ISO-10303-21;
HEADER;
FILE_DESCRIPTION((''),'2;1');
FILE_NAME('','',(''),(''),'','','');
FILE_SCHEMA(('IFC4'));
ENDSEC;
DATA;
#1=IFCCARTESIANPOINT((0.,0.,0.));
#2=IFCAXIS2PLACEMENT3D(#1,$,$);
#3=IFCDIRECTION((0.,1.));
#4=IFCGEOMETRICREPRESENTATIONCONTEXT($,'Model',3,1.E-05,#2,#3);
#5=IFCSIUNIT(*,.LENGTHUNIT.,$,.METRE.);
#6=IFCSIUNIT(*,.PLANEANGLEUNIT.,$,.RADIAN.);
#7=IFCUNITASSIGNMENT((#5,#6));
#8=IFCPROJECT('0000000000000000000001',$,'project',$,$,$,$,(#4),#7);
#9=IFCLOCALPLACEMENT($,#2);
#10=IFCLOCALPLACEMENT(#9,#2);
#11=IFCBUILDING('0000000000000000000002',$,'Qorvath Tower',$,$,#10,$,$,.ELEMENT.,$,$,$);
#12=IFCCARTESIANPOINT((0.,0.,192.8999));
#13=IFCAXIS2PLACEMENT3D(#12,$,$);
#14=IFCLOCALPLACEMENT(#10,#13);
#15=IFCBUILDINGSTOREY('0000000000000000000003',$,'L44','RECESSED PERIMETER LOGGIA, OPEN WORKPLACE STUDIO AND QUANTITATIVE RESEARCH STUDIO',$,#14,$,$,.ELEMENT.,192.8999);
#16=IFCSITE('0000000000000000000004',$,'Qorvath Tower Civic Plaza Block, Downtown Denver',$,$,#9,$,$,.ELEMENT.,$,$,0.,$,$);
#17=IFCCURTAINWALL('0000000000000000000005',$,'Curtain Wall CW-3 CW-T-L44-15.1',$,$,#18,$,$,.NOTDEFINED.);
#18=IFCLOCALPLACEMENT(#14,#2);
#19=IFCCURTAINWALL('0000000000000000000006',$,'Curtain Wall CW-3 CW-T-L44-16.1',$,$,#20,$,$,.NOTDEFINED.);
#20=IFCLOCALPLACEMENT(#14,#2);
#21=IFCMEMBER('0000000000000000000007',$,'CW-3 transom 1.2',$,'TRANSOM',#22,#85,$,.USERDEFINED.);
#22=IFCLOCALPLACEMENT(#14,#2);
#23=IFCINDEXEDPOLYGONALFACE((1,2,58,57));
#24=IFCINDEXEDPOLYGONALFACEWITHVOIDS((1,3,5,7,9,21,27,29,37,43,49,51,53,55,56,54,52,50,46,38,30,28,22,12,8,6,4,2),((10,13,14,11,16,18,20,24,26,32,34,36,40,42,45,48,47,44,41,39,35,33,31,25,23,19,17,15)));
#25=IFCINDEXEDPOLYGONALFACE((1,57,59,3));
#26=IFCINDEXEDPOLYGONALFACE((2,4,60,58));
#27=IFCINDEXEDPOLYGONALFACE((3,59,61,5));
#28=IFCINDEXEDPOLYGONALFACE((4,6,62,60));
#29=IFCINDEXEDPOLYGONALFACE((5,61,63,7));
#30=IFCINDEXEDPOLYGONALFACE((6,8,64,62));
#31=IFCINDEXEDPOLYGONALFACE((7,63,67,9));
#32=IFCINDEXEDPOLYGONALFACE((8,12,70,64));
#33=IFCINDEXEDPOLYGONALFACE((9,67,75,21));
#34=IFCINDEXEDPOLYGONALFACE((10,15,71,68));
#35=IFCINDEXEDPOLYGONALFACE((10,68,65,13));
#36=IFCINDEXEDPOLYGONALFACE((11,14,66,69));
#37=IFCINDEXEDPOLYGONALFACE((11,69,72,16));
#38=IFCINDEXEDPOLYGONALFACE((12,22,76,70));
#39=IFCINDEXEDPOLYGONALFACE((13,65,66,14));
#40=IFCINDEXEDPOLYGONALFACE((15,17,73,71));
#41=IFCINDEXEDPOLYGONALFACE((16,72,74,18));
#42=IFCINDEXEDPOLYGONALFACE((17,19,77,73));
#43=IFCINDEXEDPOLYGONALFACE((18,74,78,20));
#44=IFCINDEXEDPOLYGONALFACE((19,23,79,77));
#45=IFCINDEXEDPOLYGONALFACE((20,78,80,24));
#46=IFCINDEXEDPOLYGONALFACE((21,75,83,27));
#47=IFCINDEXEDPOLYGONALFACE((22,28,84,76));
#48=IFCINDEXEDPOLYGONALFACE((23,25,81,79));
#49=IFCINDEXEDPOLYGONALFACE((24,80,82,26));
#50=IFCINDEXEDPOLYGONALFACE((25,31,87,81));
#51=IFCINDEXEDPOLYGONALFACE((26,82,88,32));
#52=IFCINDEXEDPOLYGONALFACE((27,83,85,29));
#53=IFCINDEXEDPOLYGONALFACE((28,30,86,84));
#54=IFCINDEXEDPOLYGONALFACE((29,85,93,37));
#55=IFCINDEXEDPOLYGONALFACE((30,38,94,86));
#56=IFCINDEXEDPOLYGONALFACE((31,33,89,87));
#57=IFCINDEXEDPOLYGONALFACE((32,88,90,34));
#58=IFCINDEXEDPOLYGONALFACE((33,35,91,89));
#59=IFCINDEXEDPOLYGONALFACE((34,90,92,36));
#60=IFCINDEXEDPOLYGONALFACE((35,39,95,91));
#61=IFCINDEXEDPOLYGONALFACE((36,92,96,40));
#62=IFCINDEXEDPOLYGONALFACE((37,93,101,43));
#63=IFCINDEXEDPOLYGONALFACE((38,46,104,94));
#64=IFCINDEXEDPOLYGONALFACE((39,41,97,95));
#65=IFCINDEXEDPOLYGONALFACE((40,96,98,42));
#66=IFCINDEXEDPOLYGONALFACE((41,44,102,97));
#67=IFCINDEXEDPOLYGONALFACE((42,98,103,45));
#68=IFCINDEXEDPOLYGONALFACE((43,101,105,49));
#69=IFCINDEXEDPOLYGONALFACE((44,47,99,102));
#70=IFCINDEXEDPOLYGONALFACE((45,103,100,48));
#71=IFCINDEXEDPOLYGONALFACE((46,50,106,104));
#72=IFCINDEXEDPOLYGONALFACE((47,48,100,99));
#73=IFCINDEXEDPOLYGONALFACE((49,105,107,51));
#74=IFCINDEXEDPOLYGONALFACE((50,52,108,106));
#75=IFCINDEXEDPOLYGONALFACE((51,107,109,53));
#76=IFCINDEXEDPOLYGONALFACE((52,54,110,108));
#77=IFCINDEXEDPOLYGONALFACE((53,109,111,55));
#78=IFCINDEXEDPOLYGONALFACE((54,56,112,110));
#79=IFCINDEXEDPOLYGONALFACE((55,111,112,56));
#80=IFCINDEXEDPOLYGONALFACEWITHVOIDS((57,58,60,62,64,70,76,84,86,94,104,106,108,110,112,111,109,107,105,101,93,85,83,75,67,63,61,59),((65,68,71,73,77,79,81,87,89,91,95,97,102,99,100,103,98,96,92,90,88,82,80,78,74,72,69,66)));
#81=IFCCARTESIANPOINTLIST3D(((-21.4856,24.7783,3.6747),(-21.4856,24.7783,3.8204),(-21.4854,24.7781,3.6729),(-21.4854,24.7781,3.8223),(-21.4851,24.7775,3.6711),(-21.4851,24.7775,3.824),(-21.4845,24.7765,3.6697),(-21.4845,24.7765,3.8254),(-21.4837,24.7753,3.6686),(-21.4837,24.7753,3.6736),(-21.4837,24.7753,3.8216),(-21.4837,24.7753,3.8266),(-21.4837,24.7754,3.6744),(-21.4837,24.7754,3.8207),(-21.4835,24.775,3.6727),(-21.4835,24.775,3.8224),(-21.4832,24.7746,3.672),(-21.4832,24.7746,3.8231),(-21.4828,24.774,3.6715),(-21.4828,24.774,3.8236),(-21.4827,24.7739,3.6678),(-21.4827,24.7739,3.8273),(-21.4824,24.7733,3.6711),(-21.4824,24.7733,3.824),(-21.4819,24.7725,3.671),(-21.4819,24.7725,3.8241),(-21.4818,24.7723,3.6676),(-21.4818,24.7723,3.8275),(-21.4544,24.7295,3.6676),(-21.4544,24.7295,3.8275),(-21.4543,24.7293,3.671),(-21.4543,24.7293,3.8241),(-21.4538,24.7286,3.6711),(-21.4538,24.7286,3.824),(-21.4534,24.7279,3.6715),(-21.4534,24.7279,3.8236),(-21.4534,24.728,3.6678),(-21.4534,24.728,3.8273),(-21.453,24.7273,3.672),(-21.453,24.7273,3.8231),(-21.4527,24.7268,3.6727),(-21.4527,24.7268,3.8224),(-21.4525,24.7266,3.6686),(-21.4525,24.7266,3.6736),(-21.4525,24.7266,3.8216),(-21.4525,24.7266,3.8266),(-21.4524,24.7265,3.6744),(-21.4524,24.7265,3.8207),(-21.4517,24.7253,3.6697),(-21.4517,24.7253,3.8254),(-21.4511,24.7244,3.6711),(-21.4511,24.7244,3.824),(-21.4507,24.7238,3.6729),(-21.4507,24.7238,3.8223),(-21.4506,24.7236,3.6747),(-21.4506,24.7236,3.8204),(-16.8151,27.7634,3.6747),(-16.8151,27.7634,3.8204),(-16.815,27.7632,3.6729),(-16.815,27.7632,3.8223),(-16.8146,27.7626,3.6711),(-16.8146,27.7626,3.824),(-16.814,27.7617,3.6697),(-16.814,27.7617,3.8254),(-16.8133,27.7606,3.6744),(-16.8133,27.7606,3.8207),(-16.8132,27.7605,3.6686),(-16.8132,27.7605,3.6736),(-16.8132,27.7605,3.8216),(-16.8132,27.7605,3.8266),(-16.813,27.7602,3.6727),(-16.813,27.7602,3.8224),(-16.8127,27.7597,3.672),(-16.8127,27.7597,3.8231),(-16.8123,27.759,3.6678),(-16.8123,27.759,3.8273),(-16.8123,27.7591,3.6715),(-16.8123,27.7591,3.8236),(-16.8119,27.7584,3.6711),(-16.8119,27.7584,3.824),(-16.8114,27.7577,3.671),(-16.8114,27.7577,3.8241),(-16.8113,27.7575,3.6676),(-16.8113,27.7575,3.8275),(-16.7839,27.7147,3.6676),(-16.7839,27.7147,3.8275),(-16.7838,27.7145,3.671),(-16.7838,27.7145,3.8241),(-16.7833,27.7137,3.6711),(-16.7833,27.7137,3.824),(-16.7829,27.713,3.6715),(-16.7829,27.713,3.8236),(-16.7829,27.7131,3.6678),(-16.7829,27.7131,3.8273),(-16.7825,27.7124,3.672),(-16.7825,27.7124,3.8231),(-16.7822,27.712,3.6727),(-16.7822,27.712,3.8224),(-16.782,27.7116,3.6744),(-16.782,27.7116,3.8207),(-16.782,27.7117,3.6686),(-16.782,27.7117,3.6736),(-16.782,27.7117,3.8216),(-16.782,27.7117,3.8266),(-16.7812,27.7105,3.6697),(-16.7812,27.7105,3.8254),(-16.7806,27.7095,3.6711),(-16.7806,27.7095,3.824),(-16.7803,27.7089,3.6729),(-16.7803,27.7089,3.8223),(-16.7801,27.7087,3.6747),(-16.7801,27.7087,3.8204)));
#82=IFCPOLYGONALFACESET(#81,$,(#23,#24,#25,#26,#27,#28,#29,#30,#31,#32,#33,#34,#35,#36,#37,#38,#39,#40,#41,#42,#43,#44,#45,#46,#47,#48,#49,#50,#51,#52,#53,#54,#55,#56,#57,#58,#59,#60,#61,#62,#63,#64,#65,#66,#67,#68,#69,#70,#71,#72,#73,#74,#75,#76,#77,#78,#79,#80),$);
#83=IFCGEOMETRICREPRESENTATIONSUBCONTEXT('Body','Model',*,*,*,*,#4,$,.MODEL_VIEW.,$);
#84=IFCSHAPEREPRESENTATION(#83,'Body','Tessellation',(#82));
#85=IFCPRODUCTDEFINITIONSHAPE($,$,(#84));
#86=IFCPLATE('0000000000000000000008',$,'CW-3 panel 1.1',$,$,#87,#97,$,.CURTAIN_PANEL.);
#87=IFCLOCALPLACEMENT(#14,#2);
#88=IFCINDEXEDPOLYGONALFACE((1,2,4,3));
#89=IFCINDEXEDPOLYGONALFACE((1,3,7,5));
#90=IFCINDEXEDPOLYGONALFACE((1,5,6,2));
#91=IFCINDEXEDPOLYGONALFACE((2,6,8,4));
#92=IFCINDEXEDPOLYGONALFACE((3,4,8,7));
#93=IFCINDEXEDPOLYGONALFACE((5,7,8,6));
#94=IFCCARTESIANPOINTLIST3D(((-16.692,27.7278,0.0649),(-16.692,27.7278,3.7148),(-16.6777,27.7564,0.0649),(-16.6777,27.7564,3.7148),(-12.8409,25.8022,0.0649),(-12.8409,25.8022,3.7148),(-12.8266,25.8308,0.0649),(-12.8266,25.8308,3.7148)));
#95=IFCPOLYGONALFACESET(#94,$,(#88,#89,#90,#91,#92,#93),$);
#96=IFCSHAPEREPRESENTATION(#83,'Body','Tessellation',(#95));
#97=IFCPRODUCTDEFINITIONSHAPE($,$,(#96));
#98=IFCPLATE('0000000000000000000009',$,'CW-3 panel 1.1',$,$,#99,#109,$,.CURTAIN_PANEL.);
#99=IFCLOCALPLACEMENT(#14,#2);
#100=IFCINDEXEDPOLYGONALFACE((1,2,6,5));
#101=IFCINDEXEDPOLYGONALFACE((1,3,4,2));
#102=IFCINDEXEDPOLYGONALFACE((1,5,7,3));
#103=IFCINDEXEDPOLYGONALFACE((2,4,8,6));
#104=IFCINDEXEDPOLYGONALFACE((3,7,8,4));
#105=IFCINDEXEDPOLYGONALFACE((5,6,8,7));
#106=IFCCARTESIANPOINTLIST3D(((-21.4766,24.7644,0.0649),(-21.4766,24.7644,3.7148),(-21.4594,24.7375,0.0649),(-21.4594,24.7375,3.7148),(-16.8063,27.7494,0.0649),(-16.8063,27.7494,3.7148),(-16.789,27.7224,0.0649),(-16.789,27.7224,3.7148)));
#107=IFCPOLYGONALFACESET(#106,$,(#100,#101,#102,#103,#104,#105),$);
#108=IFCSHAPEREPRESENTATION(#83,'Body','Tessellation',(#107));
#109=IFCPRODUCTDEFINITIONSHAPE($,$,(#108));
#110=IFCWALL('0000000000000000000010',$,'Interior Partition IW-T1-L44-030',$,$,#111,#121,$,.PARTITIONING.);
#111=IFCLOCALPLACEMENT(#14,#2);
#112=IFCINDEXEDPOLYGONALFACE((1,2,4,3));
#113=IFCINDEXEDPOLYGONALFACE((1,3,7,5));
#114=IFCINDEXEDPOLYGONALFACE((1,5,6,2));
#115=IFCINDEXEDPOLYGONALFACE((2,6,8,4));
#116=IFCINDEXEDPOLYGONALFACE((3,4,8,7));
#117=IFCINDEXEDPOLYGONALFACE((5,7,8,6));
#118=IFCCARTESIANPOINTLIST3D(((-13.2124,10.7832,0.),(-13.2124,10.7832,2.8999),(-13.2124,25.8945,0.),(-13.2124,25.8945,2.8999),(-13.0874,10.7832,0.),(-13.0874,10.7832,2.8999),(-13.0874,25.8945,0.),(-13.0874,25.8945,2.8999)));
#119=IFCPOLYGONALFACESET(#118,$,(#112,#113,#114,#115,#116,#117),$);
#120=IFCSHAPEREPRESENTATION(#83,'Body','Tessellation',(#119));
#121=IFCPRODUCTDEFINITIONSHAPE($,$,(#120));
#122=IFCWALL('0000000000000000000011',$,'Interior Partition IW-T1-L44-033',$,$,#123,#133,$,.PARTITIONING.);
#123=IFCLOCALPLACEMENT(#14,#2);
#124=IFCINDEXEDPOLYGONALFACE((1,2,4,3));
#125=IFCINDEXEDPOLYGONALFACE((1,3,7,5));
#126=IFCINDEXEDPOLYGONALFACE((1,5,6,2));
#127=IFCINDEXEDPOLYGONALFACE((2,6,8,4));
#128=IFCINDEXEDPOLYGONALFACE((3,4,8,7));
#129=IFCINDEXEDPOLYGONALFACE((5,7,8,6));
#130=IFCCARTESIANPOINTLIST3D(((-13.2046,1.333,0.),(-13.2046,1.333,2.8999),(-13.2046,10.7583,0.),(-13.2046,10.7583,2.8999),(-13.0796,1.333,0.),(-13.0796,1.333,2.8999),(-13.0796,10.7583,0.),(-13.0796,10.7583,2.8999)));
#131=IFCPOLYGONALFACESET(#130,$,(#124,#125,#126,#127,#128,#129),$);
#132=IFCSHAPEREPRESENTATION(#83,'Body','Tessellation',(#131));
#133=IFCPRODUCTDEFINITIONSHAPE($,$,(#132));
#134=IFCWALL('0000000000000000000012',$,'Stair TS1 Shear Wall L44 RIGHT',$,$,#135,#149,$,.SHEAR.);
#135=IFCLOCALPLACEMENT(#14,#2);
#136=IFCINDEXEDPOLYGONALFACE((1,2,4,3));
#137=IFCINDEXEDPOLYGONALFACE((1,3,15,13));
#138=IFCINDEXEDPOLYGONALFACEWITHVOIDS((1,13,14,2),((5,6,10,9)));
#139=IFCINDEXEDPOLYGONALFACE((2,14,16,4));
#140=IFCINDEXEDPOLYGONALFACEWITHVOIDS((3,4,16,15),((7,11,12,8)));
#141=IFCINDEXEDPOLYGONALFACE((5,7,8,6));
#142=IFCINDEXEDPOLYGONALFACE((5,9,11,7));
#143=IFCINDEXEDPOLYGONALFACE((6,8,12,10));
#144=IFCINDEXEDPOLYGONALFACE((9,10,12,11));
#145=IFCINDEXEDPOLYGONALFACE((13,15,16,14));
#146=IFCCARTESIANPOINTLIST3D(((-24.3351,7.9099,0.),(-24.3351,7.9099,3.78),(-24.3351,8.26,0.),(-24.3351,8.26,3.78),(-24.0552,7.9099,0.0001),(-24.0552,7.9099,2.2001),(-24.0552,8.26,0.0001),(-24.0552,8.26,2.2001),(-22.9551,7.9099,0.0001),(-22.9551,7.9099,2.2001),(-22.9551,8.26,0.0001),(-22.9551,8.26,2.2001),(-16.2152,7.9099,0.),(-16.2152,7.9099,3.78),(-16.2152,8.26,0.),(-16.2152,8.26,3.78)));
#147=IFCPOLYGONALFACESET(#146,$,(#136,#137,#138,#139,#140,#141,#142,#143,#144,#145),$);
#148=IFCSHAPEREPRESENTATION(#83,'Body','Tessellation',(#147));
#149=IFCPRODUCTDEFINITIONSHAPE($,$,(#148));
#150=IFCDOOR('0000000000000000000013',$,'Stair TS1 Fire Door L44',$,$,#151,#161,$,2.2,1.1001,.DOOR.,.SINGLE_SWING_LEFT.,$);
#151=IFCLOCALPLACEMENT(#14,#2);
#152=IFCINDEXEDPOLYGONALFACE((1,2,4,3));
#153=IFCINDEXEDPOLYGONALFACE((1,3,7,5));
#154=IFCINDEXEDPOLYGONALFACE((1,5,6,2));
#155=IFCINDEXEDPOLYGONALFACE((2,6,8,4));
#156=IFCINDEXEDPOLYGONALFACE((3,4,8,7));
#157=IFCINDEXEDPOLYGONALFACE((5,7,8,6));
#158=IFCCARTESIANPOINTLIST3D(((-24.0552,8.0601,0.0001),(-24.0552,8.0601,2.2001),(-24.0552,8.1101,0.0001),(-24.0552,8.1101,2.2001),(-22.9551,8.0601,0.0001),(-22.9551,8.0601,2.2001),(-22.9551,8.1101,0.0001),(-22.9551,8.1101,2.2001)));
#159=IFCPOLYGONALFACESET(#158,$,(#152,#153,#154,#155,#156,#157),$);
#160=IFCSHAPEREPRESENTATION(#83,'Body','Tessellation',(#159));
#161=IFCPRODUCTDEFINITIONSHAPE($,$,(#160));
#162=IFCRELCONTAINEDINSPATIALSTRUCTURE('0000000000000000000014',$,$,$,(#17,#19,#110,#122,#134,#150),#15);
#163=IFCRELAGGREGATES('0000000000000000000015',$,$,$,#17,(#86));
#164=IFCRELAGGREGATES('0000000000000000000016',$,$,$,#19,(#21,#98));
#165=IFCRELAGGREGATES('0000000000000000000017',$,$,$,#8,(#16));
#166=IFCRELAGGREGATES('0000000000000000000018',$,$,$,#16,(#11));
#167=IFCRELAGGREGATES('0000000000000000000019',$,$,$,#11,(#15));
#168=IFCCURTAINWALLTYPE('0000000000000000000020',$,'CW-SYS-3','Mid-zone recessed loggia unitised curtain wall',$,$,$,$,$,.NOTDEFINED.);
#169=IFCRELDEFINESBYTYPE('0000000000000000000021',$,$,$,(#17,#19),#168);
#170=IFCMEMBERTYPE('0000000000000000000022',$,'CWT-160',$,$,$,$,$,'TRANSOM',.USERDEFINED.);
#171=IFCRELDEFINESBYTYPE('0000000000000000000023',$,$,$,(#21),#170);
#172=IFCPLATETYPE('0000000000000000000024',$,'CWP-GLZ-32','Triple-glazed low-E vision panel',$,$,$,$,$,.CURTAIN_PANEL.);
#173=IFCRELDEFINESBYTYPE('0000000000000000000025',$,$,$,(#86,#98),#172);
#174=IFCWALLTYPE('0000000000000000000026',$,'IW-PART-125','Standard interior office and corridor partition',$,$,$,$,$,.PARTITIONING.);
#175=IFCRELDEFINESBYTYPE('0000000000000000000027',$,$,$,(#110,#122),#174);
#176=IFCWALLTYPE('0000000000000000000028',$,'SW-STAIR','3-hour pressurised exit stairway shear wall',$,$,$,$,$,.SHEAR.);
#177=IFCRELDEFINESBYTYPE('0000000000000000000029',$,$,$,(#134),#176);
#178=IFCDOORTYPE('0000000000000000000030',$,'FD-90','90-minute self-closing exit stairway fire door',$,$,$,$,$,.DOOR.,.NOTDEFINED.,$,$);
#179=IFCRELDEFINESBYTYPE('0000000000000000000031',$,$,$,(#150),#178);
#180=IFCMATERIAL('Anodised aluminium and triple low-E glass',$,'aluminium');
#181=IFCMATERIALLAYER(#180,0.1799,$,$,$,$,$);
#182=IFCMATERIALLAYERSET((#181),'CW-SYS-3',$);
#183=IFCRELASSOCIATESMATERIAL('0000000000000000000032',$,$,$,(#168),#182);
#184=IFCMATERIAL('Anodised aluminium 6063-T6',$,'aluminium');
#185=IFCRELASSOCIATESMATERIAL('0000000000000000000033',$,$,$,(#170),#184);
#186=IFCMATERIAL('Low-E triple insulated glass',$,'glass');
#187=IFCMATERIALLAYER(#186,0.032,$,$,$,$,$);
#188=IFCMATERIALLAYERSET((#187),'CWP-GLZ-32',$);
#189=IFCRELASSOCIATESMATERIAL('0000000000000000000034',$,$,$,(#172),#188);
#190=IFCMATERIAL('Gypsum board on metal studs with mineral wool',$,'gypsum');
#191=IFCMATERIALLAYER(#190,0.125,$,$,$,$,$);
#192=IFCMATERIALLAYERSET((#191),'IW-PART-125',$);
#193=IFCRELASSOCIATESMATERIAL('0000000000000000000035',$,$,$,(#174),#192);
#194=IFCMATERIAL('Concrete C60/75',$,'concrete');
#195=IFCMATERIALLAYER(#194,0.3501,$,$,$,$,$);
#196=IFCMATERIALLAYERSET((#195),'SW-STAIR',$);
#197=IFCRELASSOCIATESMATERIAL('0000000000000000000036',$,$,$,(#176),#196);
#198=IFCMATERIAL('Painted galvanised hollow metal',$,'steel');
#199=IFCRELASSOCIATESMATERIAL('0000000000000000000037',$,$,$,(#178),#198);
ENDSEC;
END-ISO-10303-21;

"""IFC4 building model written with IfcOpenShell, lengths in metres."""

from ifc_helpers import new_model, si_unit, direction, frame, frame_2d, origin, origin_2d, place, context, subcontext, project, spatial, rectangle, hollow_rectangle, extrude, material, layer, layer_set, material_profile, profile_set, type_object, element, fill, aggregate, save


model = new_model("IFC4")

# Units and contexts
model_context = context("Model", 3, precision=1e-05, world=origin(), true_north=direction((0.0, 1.0)))
body_context = subcontext(model_context, "Body", "Model", "MODEL_VIEW")
ifc_project = project(units=[si_unit("LENGTHUNIT", "METRE"), si_unit("PLANEANGLEUNIT", "RADIAN")], contexts=[model_context])

# Site, building, storey
site_placement = place(None, origin())
site = spatial("IfcSite", under=ifc_project, at=site_placement, Name="Qorvath Tower Civic Plaza Block, Downtown Denver", CompositionType="ELEMENT", RefElevation=0.0)
building_placement = place(site_placement, origin())
building = spatial("IfcBuilding", under=site, at=building_placement, Name="Qorvath Tower", CompositionType="ELEMENT")
storey_placement = place(building_placement, frame((0.0, 0.0, 192.8999)))
storey = spatial("IfcBuildingStorey", under=building, at=storey_placement, Name="L44", Description="RECESSED PERIMETER LOGGIA, OPEN WORKPLACE STUDIO AND QUANTITATIVE RESEARCH STUDIO", CompositionType="ELEMENT", Elevation=192.8999)

# Curtain wall
ifc_material_1 = material(Name="Anodised aluminium and triple low-E glass", Category="aluminium")
ifc_layer_1 = layer(ifc_material_1, 0.1799)
ifc_layer_set_1 = layer_set([ifc_layer_1], Name="CW-SYS-3")
curtain_wall_type = type_object("IfcCurtainWallType", Name="CW-SYS-3", Description="Mid-zone recessed loggia unitised curtain wall", PredefinedType="NOTDEFINED", material=ifc_layer_set_1)
curtain_wall_1_placement = place(storey_placement, origin())
curtain_wall_1 = element("IfcCurtainWall", 1, at=curtain_wall_1_placement, inside=storey, type_object=curtain_wall_type, Name="Curtain Wall CW-3 CW-T-L44-15.1", PredefinedType="NOTDEFINED")

# Curtain wall
curtain_wall_2_placement = place(storey_placement, origin())
curtain_wall_2 = element("IfcCurtainWall", 2, at=curtain_wall_2_placement, inside=storey, type_object=curtain_wall_type, Name="Curtain Wall CW-3 CW-T-L44-16.1", PredefinedType="NOTDEFINED")

# Member
ifc_material_2 = material(Name="Anodised aluminium 6063-T6", Category="aluminium")
ifc_material_profile_1 = material_profile(ifc_material_2, hollow_rectangle(XDim=0.0649, YDim=0.1599, WallThickness=0.0034, InnerFilletRadius=0.0034, OuterFilletRadius=0.0071, at=origin_2d()), Name="CWT 160x65")
ifc_profile_set_1 = profile_set([ifc_material_profile_1], Name="Anodised aluminium 6063-T6")
member_type_1 = type_object("IfcMemberType", Name="CWT-160", ElementType="TRANSOM", PredefinedType="USERDEFINED", material=ifc_profile_set_1)
member_1_placement = place(storey_placement, frame((-16.7976, 27.7361, 3.7476), z_axis=(-0.842595, -0.538547, 0.0), x_axis=(0.538547, -0.842595, 0.0)))
member_1 = element("IfcMember", 3, at=member_1_placement, type_object=member_type_1, Name="CW-3 transom 1.2", ObjectType="TRANSOM", PredefinedType="USERDEFINED", context=body_context, shape_type="SweptSolid", body=[
    extrude(hollow_rectangle(XDim=0.0649, YDim=0.1599, WallThickness=0.0034, InnerFilletRadius=0.0034, OuterFilletRadius=0.0071, at=origin_2d()), origin(), (0.0, 0.0, 1.0), 5.543),
])

# Plates
ifc_material_3 = material(Name="Low-E triple insulated glass", Category="glass")
ifc_layer_2 = layer(ifc_material_3, 0.032)
ifc_layer_set_2 = layer_set([ifc_layer_2], Name="CWP-GLZ-32")
plate_type = type_object("IfcPlateType", Name="CWP-GLZ-32", Description="Triple-glazed low-E vision panel", PredefinedType="CURTAIN_PANEL", material=ifc_layer_set_2)
plate_1_placement = place(storey_placement, frame((-14.7593, 26.7793, 0.0649), z_axis=(0.0, 0.0, 1.0), x_axis=(-0.894432, 0.447205, 0.0)))
plate_1 = element("IfcPlate", 4, at=plate_1_placement, type_object=plate_type, Name="CW-3 panel 1.1", PredefinedType="CURTAIN_PANEL", context=body_context, shape_type="SweptSolid", body=[
    extrude(rectangle(XDim=4.3057, YDim=0.032, at=origin_2d()), origin(), (0.0, 0.0, 1.0), 3.6499),
])
aggregate(curtain_wall_1, [plate_1])
plate_2_placement = place(storey_placement, frame((-19.1328, 26.2434, 0.0649), z_axis=(0.0, 0.0, 1.0), x_axis=(-0.842604, -0.538534, 0.0)))
plate_2 = element("IfcPlate", 5, at=plate_2_placement, type_object=plate_type, Name="CW-3 panel 1.1", PredefinedType="CURTAIN_PANEL", context=body_context, shape_type="SweptSolid", body=[
    extrude(rectangle(XDim=5.5427, YDim=0.032, at=origin_2d()), origin(), (0.0, 0.0, 1.0), 3.6499),
])
aggregate(curtain_wall_2, [member_1, plate_2])

# Walls
ifc_material_4 = material(Name="Gypsum board on metal studs with mineral wool", Category="gypsum")
ifc_layer_3 = layer(ifc_material_4, 0.125)
ifc_layer_set_3 = layer_set([ifc_layer_3], Name="IW-PART-125")
wall_type_1 = type_object("IfcWallType", Name="IW-PART-125", Description="Standard interior office and corridor partition", PredefinedType="PARTITIONING", material=ifc_layer_set_3)
wall_1_placement = place(storey_placement, frame((-13.1499, 10.7832, 0.0), z_axis=(0.0, 0.0, 1.0), x_axis=(0.0, 1.0, 0.0)))
element("IfcWall", 6, at=wall_1_placement, inside=storey, type_object=wall_type_1, Name="Interior Partition IW-T1-L44-030", PredefinedType="PARTITIONING", context=body_context, shape_type="SweptSolid", body=[
    extrude(rectangle(XDim=15.1113, YDim=0.125, at=frame_2d((7.5557, 0.0))), origin(), (0.0, 0.0, 1.0), 2.8999),
])
wall_2_placement = place(storey_placement, frame((-13.1421, 10.7583, 0.0), z_axis=(0.0, 0.0, 1.0), x_axis=(0.0, -1.0, 0.0)))
element("IfcWall", 7, at=wall_2_placement, inside=storey, type_object=wall_type_1, Name="Interior Partition IW-T1-L44-033", PredefinedType="PARTITIONING", context=body_context, shape_type="SweptSolid", body=[
    extrude(rectangle(XDim=9.4253, YDim=0.125, at=frame_2d((4.7126, 0.0))), origin(), (0.0, 0.0, 1.0), 2.8999),
])

# Wall, opening, door
ifc_material_5 = material(Name="Concrete C60/75", Category="concrete")
ifc_layer_4 = layer(ifc_material_5, 0.3501)
ifc_layer_set_4 = layer_set([ifc_layer_4], Name="SW-STAIR")
wall_type_2 = type_object("IfcWallType", Name="SW-STAIR", Description="3-hour pressurised exit stairway shear wall", PredefinedType="SHEAR", material=ifc_layer_set_4)
wall_3_placement = place(storey_placement, frame((-16.2151, 8.085, 0.0), z_axis=(0.0, 0.0, 1.0), x_axis=(-1.0, 0.0, 0.0)))
wall_3 = element("IfcWall", 8, at=wall_3_placement, inside=storey, type_object=wall_type_2, Name="Stair TS1 Shear Wall L44 RIGHT", PredefinedType="SHEAR", context=body_context, shape_type="SweptSolid", body=[
    extrude(rectangle(XDim=8.1199, YDim=0.3501, at=frame_2d((4.0601, 0.0))), origin(), (0.0, 0.0, 1.0), 3.78),
])
opening_placement = place(wall_3_placement, frame((6.74, 0.0, 0.0)))
opening = element("IfcOpeningElement", 9, at=opening_placement, cuts=wall_3, PredefinedType="OPENING", context=body_context, shape_type="SweptSolid", body=[
    extrude(rectangle(XDim=1.1001, YDim=2.2, at=frame_2d((0.55, 1.1001))), frame((0.0, 0.1851, 0.0), z_axis=(0.0, -1.0, 0.0), x_axis=(1.0, 0.0, 0.0)), (0.0, 0.0, 1.0), 0.3701),
])
ifc_material_6 = material(Name="Painted galvanised hollow metal", Category="steel")
door_type = type_object("IfcDoorType", Name="FD-90", Description="90-minute self-closing exit stairway fire door", OperationType="NOTDEFINED", PredefinedType="DOOR", material=ifc_material_6)
door_placement = place(opening_placement, origin())
door = element("IfcDoor", 10, at=door_placement, inside=storey, type_object=door_type, Name="Stair TS1 Fire Door L44", OperationType="SINGLE_SWING_LEFT", OverallHeight=2.2, OverallWidth=1.1001, PredefinedType="DOOR", context=body_context, shape_type="SweptSolid", body=[
    extrude(rectangle(XDim=1.1001, YDim=2.2, at=frame_2d((0.55, 1.1001))), frame((0.0, 0.0249, 0.0), z_axis=(0.0, -1.0, 0.0), x_axis=(1.0, 0.0, 0.0)), (0.0, 0.0, 1.0), 0.05),
])
fill(opening, door)

save(model, "model.ifc")
